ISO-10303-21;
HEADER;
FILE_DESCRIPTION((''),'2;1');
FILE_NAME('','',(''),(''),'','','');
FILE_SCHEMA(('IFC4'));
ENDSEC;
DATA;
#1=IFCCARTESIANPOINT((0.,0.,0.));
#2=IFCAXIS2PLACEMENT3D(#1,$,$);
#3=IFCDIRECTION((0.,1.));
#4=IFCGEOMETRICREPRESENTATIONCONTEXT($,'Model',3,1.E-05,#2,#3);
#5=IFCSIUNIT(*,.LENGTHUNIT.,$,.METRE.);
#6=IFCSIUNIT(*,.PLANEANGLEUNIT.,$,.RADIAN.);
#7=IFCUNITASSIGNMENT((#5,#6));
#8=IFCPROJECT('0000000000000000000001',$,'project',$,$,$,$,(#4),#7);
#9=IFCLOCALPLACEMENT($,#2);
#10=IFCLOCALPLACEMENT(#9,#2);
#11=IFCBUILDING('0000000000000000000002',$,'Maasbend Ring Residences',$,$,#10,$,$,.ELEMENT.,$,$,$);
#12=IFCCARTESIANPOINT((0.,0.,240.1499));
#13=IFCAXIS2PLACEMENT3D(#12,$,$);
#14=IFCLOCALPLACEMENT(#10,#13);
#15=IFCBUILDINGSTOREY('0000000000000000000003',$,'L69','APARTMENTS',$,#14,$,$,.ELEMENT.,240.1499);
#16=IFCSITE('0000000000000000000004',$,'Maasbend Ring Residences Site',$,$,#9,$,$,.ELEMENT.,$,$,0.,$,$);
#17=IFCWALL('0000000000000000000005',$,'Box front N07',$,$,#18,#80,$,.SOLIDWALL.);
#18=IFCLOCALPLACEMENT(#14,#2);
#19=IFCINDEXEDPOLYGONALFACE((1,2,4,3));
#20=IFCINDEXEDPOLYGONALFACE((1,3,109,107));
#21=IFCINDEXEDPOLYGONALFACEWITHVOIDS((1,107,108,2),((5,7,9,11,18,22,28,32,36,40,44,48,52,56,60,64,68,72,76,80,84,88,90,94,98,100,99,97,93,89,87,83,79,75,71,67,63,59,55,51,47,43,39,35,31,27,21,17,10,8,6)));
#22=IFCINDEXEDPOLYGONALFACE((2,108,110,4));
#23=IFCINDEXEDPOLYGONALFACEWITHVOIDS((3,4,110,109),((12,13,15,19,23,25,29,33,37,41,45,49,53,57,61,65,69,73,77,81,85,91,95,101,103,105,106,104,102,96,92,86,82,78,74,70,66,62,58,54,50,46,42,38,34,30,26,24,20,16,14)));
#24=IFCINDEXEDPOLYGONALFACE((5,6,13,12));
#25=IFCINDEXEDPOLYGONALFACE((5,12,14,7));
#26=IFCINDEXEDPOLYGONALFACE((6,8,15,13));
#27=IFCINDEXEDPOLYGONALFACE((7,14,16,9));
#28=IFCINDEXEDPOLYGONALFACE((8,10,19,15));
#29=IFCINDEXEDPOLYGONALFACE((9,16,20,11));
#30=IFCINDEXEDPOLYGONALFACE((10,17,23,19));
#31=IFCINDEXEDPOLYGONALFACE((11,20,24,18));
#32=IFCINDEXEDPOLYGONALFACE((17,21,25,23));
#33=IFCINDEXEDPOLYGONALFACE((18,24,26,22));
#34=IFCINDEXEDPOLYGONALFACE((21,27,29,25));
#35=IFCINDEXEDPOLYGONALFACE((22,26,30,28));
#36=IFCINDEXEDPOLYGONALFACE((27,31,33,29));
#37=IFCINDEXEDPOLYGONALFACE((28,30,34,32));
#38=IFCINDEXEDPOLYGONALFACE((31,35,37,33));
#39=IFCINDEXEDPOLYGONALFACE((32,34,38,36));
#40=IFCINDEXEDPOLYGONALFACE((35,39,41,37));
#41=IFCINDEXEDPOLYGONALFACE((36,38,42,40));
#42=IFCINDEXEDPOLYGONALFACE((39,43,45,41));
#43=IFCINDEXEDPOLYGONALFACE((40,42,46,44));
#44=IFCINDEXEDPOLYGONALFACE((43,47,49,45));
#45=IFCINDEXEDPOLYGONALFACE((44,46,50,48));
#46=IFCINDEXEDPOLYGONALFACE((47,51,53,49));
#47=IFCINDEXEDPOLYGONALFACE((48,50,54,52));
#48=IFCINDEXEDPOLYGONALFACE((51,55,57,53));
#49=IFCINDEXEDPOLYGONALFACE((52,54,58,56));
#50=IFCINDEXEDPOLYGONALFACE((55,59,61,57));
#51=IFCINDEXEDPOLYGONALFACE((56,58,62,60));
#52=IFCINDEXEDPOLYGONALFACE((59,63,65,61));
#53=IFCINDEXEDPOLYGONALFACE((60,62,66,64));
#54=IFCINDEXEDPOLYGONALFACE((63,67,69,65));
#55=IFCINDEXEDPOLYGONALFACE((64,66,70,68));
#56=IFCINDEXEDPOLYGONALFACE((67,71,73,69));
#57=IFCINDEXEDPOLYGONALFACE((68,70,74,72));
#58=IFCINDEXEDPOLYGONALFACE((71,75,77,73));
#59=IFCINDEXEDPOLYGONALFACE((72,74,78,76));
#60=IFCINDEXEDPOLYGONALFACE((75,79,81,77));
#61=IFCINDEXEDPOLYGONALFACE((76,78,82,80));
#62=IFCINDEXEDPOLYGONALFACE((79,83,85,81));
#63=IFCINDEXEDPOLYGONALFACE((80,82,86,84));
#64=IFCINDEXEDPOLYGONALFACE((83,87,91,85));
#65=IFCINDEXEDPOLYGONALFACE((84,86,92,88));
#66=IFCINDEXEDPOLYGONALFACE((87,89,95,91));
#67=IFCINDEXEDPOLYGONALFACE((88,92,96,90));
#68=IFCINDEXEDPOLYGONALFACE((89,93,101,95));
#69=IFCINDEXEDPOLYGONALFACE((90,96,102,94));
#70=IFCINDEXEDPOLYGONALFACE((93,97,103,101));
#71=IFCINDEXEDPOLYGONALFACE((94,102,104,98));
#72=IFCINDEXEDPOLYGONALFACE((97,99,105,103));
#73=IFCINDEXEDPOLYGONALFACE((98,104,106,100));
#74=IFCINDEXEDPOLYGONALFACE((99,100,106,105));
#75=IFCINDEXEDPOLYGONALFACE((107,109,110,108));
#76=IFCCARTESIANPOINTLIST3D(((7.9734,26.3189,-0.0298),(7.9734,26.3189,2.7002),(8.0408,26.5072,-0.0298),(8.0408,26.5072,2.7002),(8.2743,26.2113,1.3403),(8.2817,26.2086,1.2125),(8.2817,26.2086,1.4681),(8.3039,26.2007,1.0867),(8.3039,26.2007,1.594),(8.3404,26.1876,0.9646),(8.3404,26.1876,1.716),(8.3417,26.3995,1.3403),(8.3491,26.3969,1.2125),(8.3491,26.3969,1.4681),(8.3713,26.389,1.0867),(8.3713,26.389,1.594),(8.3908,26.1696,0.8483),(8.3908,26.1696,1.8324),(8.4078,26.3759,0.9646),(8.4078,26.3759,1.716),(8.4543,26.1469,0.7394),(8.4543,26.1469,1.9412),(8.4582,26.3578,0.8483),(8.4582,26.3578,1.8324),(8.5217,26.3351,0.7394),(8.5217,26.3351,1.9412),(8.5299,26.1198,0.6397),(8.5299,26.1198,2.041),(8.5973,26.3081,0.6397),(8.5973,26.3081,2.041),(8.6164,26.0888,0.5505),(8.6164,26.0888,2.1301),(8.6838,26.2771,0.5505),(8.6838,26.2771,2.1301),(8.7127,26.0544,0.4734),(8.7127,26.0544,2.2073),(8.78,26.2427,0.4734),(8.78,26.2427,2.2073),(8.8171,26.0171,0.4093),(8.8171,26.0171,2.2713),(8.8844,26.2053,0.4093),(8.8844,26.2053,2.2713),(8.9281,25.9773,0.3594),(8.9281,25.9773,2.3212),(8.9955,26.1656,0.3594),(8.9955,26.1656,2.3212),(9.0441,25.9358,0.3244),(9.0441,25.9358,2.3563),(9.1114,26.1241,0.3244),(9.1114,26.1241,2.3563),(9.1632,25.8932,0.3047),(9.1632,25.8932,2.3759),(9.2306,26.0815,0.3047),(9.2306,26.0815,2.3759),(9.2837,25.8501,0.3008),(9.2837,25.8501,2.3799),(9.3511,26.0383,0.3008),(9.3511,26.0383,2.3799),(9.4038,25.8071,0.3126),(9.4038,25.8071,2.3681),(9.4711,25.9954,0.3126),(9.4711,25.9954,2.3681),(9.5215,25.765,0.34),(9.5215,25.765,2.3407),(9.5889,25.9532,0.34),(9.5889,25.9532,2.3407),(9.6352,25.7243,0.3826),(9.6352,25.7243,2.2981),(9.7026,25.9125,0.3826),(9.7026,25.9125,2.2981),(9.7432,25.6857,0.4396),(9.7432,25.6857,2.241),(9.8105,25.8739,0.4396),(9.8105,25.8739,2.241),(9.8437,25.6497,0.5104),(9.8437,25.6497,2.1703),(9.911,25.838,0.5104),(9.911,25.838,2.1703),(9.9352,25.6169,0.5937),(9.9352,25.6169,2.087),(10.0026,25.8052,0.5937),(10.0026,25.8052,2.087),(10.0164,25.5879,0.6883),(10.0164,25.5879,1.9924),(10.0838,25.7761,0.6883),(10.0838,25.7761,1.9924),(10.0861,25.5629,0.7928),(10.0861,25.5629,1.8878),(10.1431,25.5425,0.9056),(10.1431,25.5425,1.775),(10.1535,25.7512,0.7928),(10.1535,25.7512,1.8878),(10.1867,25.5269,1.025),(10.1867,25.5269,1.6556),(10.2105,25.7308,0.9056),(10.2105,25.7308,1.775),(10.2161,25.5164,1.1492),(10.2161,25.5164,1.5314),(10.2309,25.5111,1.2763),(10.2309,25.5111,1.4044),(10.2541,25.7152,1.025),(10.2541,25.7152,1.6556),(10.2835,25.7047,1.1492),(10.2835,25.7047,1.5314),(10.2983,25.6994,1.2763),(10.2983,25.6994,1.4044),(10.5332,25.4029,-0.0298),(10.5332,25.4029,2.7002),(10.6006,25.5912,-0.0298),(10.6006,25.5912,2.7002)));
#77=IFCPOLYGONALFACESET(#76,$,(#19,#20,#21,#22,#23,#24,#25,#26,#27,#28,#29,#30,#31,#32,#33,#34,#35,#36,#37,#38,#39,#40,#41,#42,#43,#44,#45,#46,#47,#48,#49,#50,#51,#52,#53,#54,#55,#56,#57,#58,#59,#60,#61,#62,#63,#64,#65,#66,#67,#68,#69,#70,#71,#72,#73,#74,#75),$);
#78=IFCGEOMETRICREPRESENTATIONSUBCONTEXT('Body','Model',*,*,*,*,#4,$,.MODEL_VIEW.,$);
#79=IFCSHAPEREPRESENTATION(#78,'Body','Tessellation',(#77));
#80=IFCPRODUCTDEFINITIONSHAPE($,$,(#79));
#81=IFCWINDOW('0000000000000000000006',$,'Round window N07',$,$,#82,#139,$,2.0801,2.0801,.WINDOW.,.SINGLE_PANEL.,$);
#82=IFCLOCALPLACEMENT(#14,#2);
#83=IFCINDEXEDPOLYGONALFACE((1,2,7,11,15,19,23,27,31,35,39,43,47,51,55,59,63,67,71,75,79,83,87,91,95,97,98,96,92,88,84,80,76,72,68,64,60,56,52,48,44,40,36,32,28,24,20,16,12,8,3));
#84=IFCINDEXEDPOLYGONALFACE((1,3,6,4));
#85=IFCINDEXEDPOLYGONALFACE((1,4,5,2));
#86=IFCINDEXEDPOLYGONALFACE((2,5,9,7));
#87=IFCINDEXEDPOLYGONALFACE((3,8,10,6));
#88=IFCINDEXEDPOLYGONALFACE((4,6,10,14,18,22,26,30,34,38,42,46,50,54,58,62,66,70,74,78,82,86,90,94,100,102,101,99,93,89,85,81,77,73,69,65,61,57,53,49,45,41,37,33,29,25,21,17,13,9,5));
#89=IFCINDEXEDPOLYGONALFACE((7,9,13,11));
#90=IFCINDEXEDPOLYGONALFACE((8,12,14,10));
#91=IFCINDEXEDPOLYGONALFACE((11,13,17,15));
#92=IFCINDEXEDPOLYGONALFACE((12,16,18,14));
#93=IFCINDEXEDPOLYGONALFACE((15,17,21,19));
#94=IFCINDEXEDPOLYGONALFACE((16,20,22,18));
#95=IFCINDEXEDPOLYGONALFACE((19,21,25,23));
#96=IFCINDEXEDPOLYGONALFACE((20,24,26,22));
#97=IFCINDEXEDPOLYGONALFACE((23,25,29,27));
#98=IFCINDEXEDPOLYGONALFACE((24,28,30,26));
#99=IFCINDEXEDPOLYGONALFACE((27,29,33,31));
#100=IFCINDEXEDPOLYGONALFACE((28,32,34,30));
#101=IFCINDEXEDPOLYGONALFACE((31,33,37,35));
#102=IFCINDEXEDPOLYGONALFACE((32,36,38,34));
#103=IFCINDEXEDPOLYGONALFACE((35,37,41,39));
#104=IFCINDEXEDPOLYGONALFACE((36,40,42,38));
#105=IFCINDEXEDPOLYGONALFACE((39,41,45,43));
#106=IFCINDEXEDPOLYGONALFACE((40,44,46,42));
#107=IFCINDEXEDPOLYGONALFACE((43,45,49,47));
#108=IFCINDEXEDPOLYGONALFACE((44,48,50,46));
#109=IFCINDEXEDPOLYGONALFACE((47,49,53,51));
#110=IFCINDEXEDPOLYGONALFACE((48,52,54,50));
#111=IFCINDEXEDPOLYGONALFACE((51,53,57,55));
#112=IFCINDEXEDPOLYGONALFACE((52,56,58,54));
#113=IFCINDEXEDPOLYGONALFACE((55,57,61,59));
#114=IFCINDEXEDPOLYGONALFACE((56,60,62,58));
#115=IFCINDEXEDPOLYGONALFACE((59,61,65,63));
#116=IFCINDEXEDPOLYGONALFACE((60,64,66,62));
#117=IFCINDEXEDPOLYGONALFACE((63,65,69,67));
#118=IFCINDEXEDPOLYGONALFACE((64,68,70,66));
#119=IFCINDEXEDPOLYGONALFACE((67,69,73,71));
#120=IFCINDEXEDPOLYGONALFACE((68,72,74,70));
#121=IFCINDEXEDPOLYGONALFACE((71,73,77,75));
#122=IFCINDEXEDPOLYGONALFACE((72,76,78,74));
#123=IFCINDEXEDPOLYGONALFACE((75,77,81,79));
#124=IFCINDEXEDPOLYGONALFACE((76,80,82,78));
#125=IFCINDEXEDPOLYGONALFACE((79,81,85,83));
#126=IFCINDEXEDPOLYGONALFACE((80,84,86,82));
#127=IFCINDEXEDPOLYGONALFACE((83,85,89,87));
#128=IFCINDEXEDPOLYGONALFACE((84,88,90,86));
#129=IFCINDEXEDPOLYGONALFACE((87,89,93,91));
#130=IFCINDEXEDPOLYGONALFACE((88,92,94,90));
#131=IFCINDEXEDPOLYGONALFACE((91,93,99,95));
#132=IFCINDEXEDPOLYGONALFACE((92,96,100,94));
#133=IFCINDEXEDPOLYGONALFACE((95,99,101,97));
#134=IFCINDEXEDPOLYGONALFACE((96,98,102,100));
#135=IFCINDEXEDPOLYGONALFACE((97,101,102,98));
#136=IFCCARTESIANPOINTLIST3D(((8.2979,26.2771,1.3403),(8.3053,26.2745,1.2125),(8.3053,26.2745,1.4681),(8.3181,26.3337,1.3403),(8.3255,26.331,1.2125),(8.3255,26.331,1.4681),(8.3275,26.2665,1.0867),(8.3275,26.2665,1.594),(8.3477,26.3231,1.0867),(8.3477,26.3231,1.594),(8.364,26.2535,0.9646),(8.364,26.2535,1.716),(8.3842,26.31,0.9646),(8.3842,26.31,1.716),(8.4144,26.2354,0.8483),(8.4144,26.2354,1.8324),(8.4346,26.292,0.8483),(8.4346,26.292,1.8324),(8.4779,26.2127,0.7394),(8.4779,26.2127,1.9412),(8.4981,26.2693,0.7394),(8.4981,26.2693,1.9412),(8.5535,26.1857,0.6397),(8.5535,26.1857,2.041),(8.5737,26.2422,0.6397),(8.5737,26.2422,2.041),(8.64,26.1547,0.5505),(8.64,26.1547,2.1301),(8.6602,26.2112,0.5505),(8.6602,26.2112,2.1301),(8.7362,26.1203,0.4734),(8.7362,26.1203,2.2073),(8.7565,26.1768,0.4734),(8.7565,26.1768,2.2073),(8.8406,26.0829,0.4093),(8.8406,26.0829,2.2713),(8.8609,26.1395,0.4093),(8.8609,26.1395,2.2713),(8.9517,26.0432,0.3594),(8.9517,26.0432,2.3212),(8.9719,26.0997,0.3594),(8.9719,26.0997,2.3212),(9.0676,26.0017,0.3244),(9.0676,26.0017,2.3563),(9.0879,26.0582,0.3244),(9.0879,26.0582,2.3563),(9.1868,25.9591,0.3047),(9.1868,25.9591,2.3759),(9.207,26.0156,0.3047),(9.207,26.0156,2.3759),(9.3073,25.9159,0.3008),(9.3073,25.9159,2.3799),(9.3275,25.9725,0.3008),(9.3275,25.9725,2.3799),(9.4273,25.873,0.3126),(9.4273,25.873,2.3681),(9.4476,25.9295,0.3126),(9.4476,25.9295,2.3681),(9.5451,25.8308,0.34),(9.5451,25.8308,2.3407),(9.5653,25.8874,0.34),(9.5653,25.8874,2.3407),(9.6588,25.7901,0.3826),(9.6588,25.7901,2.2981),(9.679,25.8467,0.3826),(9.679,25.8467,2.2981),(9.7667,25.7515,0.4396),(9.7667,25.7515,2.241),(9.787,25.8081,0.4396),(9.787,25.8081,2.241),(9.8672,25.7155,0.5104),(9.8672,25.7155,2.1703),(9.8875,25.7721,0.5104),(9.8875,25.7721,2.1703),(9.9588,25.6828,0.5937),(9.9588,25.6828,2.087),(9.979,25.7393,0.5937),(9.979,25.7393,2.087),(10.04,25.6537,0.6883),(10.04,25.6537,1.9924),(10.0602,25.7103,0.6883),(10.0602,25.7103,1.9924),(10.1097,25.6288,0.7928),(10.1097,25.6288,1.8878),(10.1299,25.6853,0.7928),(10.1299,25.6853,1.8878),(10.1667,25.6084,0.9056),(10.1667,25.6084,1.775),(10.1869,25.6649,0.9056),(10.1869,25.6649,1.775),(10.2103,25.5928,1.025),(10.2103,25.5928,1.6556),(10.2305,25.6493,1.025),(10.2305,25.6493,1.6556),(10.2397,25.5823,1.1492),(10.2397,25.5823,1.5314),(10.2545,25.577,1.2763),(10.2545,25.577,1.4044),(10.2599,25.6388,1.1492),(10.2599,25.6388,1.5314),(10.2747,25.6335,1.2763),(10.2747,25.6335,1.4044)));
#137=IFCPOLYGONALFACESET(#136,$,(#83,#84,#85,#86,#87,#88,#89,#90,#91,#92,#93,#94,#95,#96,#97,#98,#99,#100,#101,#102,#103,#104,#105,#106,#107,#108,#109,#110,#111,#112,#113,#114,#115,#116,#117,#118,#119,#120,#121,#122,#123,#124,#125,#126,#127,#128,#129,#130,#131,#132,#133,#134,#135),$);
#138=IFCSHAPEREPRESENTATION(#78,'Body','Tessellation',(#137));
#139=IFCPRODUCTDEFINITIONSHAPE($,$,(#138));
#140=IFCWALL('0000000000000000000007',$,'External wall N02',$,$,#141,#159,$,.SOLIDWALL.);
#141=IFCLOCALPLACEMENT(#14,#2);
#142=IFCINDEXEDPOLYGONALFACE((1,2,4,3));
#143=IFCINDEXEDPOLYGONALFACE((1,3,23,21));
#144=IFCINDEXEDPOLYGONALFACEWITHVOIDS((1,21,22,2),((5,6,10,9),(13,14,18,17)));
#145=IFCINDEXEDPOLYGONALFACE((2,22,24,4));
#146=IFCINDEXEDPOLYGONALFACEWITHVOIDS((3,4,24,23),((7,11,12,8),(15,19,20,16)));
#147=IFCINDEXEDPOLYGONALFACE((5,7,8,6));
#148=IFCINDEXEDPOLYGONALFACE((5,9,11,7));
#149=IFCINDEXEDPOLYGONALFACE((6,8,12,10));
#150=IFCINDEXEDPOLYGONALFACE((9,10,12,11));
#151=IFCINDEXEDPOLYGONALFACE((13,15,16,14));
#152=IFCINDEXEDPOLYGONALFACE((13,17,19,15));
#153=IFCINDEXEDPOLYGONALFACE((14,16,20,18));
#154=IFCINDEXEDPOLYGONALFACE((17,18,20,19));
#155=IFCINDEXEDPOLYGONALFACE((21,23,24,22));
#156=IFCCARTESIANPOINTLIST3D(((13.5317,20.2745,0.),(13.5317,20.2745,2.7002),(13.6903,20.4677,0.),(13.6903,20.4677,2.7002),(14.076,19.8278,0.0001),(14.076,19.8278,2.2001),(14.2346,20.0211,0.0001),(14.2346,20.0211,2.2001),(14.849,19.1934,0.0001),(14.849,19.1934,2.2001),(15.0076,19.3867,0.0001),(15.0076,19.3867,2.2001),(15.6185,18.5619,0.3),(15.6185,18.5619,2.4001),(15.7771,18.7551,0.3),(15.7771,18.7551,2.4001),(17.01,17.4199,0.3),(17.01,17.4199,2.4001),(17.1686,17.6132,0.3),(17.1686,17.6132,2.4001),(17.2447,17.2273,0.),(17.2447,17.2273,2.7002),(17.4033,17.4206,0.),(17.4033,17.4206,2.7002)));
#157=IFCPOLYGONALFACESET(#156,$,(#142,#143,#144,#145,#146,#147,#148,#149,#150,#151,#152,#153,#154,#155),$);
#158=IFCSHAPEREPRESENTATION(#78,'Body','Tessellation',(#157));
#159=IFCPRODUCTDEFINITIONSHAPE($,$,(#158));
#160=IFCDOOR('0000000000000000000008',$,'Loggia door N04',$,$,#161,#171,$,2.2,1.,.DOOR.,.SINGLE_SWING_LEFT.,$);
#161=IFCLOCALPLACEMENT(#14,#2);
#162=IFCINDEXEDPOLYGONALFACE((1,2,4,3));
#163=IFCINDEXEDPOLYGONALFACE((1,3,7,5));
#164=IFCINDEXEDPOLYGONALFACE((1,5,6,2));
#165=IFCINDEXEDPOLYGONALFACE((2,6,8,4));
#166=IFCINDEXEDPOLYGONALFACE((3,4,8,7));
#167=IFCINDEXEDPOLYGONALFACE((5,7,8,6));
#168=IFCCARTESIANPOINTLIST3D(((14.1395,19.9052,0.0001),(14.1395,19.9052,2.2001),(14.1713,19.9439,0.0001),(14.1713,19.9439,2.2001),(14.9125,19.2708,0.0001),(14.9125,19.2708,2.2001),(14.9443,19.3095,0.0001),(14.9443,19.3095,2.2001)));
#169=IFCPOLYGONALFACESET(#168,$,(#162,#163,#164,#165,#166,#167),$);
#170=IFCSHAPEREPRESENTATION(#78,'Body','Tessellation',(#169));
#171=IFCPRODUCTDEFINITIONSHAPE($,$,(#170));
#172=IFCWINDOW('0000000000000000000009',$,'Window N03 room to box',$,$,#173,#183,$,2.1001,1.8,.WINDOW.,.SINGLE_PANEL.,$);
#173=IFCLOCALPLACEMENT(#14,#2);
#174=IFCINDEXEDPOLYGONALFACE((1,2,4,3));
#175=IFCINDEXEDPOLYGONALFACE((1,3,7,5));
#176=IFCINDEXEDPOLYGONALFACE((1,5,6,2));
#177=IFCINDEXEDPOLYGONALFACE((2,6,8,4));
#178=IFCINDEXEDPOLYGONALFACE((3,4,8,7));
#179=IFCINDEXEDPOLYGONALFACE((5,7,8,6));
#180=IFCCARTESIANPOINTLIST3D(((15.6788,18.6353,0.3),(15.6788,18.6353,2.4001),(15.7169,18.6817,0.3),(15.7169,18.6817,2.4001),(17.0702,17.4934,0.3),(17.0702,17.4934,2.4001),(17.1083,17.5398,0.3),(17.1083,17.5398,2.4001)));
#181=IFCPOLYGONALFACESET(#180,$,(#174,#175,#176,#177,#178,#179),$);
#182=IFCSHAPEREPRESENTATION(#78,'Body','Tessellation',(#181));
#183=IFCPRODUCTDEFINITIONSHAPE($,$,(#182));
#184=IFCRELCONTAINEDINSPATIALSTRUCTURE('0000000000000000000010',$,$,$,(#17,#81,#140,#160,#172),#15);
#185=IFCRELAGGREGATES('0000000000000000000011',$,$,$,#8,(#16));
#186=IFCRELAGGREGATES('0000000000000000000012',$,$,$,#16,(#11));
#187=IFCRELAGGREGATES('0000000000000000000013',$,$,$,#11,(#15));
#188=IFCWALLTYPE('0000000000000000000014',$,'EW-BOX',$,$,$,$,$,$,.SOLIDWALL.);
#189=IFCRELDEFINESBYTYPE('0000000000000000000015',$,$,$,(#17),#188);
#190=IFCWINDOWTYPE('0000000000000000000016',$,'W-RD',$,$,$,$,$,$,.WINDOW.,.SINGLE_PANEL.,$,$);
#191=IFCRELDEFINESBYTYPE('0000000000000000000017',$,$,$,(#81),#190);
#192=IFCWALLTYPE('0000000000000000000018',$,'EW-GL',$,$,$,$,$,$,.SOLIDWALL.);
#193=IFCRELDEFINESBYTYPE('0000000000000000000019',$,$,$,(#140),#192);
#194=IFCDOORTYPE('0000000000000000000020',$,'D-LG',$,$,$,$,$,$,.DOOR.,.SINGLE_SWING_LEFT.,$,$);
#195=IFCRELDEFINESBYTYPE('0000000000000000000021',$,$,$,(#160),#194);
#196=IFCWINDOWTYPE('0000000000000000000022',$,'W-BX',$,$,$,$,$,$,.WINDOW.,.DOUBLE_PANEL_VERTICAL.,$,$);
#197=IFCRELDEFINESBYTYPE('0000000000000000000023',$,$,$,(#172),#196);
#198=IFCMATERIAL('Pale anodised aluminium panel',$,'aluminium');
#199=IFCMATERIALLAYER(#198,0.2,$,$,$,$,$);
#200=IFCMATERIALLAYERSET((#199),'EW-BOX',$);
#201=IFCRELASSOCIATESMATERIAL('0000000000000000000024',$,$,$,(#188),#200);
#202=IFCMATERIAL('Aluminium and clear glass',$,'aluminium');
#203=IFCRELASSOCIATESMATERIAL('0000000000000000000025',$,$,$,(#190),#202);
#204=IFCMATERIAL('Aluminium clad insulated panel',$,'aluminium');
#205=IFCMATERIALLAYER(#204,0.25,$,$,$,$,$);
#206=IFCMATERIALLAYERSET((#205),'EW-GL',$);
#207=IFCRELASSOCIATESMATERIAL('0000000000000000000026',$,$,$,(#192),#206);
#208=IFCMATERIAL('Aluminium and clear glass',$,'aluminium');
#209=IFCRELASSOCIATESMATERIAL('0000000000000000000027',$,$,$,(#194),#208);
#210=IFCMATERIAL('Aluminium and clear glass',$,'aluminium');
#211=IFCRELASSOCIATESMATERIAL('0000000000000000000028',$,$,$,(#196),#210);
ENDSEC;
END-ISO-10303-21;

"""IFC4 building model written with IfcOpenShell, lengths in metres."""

from ifc_helpers import new_model, si_unit, direction, frame, frame_2d, origin, place, context, subcontext, project, spatial, rectangle, circle, extrude, material, layer, layer_set, type_object, element, fill, save


model = new_model("IFC4")

# Units and contexts
model_context = context("Model", 3, precision=1e-05, world=origin(), true_north=direction((0.0, 1.0)))
body_context = subcontext(model_context, "Body", "Model", "MODEL_VIEW")
ifc_project = project(units=[si_unit("LENGTHUNIT", "METRE"), si_unit("PLANEANGLEUNIT", "RADIAN")], contexts=[model_context])

# Site, building, storey
site_placement = place(None, origin())
site = spatial("IfcSite", under=ifc_project, at=site_placement, Name="Maasbend Ring Residences Site", CompositionType="ELEMENT", RefElevation=0.0)
building_placement = place(site_placement, origin())
building = spatial("IfcBuilding", under=site, at=building_placement, Name="Maasbend Ring Residences", CompositionType="ELEMENT")
storey_placement = place(building_placement, frame((0.0, 0.0, 240.1499)))
storey = spatial("IfcBuildingStorey", under=building, at=storey_placement, Name="L69", Description="APARTMENTS", CompositionType="ELEMENT", Elevation=240.1499)

# Shared definitions
ifc_material_1 = material(Name="Pale anodised aluminium panel", Category="aluminium")
ifc_layer_1 = layer(ifc_material_1, 0.2)
ifc_layer_set_1 = layer_set([ifc_layer_1], Name="EW-BOX")
wall_type_1 = type_object("IfcWallType", Name="EW-BOX", PredefinedType="SOLIDWALL", material=ifc_layer_set_1)
ifc_material_2 = material(Name="Aluminium and clear glass", Category="aluminium")
window_type_1 = type_object("IfcWindowType", Name="W-RD", PartitioningType="SINGLE_PANEL", PredefinedType="WINDOW", material=ifc_material_2)

# Wall, opening, window
wall_1_placement = place(storey_placement, frame((10.5669, 25.4971, -0.0298), z_axis=(0.0, 0.0, 1.0), x_axis=(-0.941532, 0.336922, 0.0)))
wall_1 = element("IfcWall", 1, at=wall_1_placement, inside=storey, type_object=wall_type_1, Name="Box front N07", PredefinedType="SOLIDWALL", context=body_context, shape_type="SweptSolid", body=[
    extrude(rectangle(XDim=2.7188, YDim=0.2, at=frame_2d((1.3594, 0.0))), origin(), (0.0, 0.0, 1.0), 2.73),
])
opening_1_placement = place(wall_1_placement, frame((0.3191, 0.0, 0.3301)))
opening_1 = element("IfcOpeningElement", 2, at=opening_1_placement, cuts=wall_1, PredefinedType="OPENING", context=body_context, shape_type="SweptSolid", body=[
    extrude(circle(Radius=1.04, at=frame_2d((1.04, 1.04))), frame((0.0, 0.1099, 0.0), z_axis=(0.0, -1.0, 0.0), x_axis=(1.0, 0.0, 0.0)), (0.0, 0.0, 1.0), 0.22),
])
window_1_placement = place(opening_1_placement, origin())
window_1 = element("IfcWindow", 3, at=window_1_placement, inside=storey, type_object=window_type_1, Name="Round window N07", OverallHeight=2.0801, OverallWidth=2.0801, PartitioningType="SINGLE_PANEL", PredefinedType="WINDOW", context=body_context, shape_type="SweptSolid", body=[
    extrude(circle(Radius=1.04, at=frame_2d((1.04, 1.04))), frame((0.0, 0.03, 0.0), z_axis=(0.0, -1.0, 0.0), x_axis=(1.0, 0.0, 0.0)), (0.0, 0.0, 1.0), 0.0601),
])
fill(opening_1, window_1)

# Wall, openings, door, window
ifc_material_3 = material(Name="Aluminium clad insulated panel", Category="aluminium")
ifc_layer_2 = layer(ifc_material_3, 0.25)
ifc_layer_set_2 = layer_set([ifc_layer_2], Name="EW-GL")
wall_type_2 = type_object("IfcWallType", Name="EW-GL", PredefinedType="SOLIDWALL", material=ifc_layer_set_2)
wall_2_placement = place(storey_placement, frame((17.324, 17.324, 0.0), z_axis=(0.0, 0.0, 1.0), x_axis=(-0.773008, 0.634397, 0.0)))
wall_2 = element("IfcWall", 4, at=wall_2_placement, inside=storey, type_object=wall_type_2, Name="External wall N02", PredefinedType="SOLIDWALL", context=body_context, shape_type="SweptSolid", body=[
    extrude(rectangle(XDim=4.8032, YDim=0.25, at=frame_2d((2.4016, 0.0))), origin(), (0.0, 0.0, 1.0), 2.7002),
])
opening_2_placement = place(wall_2_placement, frame((0.3037, 0.0, 0.3)))
opening_2 = element("IfcOpeningElement", 5, at=opening_2_placement, cuts=wall_2, PredefinedType="OPENING", context=body_context, shape_type="SweptSolid", body=[
    extrude(rectangle(XDim=1.8, YDim=2.1001, at=frame_2d((0.8999, 1.05))), frame((0.0, 0.135, 0.0), z_axis=(0.0, -1.0, 0.0), x_axis=(1.0, 0.0, 0.0)), (0.0, 0.0, 1.0), 0.27),
])
opening_3_placement = place(wall_2_placement, frame((3.0991, 0.0, 0.0)))
opening_3 = element("IfcOpeningElement", 6, at=opening_3_placement, cuts=wall_2, PredefinedType="OPENING", context=body_context, shape_type="SweptSolid", body=[
    extrude(rectangle(XDim=1.0, YDim=2.2, at=frame_2d((0.5, 1.1001))), frame((0.0, 0.135, 0.0), z_axis=(0.0, -1.0, 0.0), x_axis=(1.0, 0.0, 0.0)), (0.0, 0.0, 1.0), 0.27),
])
ifc_material_4 = material(Name="Aluminium and clear glass", Category="aluminium")
door_type = type_object("IfcDoorType", Name="D-LG", OperationType="SINGLE_SWING_LEFT", PredefinedType="DOOR", material=ifc_material_4)
door_1_placement = place(opening_3_placement, origin())
door_1 = element("IfcDoor", 7, at=door_1_placement, inside=storey, type_object=door_type, Name="Loggia door N04", OperationType="SINGLE_SWING_LEFT", OverallHeight=2.2, OverallWidth=1.0, PredefinedType="DOOR", context=body_context, shape_type="SweptSolid", body=[
    extrude(rectangle(XDim=1.0, YDim=2.2, at=frame_2d((0.5, 1.1001))), frame((0.0, 0.0249, 0.0), z_axis=(0.0, -1.0, 0.0), x_axis=(1.0, 0.0, 0.0)), (0.0, 0.0, 1.0), 0.05),
])
fill(opening_3, door_1)
ifc_material_5 = material(Name="Aluminium and clear glass", Category="aluminium")
window_type_2 = type_object("IfcWindowType", Name="W-BX", PartitioningType="DOUBLE_PANEL_VERTICAL", PredefinedType="WINDOW", material=ifc_material_5)
window_2_placement = place(opening_2_placement, origin())
window_2 = element("IfcWindow", 8, at=window_2_placement, inside=storey, type_object=window_type_2, Name="Window N03 room to box", OverallHeight=2.1001, OverallWidth=1.8, PartitioningType="SINGLE_PANEL", PredefinedType="WINDOW", context=body_context, shape_type="SweptSolid", body=[
    extrude(rectangle(XDim=1.8, YDim=2.1001, at=frame_2d((0.8999, 1.05))), frame((0.0, 0.03, 0.0), z_axis=(0.0, -1.0, 0.0), x_axis=(1.0, 0.0, 0.0)), (0.0, 0.0, 1.0), 0.0601),
])
fill(opening_2, window_2)

save(model, "model.ifc")
